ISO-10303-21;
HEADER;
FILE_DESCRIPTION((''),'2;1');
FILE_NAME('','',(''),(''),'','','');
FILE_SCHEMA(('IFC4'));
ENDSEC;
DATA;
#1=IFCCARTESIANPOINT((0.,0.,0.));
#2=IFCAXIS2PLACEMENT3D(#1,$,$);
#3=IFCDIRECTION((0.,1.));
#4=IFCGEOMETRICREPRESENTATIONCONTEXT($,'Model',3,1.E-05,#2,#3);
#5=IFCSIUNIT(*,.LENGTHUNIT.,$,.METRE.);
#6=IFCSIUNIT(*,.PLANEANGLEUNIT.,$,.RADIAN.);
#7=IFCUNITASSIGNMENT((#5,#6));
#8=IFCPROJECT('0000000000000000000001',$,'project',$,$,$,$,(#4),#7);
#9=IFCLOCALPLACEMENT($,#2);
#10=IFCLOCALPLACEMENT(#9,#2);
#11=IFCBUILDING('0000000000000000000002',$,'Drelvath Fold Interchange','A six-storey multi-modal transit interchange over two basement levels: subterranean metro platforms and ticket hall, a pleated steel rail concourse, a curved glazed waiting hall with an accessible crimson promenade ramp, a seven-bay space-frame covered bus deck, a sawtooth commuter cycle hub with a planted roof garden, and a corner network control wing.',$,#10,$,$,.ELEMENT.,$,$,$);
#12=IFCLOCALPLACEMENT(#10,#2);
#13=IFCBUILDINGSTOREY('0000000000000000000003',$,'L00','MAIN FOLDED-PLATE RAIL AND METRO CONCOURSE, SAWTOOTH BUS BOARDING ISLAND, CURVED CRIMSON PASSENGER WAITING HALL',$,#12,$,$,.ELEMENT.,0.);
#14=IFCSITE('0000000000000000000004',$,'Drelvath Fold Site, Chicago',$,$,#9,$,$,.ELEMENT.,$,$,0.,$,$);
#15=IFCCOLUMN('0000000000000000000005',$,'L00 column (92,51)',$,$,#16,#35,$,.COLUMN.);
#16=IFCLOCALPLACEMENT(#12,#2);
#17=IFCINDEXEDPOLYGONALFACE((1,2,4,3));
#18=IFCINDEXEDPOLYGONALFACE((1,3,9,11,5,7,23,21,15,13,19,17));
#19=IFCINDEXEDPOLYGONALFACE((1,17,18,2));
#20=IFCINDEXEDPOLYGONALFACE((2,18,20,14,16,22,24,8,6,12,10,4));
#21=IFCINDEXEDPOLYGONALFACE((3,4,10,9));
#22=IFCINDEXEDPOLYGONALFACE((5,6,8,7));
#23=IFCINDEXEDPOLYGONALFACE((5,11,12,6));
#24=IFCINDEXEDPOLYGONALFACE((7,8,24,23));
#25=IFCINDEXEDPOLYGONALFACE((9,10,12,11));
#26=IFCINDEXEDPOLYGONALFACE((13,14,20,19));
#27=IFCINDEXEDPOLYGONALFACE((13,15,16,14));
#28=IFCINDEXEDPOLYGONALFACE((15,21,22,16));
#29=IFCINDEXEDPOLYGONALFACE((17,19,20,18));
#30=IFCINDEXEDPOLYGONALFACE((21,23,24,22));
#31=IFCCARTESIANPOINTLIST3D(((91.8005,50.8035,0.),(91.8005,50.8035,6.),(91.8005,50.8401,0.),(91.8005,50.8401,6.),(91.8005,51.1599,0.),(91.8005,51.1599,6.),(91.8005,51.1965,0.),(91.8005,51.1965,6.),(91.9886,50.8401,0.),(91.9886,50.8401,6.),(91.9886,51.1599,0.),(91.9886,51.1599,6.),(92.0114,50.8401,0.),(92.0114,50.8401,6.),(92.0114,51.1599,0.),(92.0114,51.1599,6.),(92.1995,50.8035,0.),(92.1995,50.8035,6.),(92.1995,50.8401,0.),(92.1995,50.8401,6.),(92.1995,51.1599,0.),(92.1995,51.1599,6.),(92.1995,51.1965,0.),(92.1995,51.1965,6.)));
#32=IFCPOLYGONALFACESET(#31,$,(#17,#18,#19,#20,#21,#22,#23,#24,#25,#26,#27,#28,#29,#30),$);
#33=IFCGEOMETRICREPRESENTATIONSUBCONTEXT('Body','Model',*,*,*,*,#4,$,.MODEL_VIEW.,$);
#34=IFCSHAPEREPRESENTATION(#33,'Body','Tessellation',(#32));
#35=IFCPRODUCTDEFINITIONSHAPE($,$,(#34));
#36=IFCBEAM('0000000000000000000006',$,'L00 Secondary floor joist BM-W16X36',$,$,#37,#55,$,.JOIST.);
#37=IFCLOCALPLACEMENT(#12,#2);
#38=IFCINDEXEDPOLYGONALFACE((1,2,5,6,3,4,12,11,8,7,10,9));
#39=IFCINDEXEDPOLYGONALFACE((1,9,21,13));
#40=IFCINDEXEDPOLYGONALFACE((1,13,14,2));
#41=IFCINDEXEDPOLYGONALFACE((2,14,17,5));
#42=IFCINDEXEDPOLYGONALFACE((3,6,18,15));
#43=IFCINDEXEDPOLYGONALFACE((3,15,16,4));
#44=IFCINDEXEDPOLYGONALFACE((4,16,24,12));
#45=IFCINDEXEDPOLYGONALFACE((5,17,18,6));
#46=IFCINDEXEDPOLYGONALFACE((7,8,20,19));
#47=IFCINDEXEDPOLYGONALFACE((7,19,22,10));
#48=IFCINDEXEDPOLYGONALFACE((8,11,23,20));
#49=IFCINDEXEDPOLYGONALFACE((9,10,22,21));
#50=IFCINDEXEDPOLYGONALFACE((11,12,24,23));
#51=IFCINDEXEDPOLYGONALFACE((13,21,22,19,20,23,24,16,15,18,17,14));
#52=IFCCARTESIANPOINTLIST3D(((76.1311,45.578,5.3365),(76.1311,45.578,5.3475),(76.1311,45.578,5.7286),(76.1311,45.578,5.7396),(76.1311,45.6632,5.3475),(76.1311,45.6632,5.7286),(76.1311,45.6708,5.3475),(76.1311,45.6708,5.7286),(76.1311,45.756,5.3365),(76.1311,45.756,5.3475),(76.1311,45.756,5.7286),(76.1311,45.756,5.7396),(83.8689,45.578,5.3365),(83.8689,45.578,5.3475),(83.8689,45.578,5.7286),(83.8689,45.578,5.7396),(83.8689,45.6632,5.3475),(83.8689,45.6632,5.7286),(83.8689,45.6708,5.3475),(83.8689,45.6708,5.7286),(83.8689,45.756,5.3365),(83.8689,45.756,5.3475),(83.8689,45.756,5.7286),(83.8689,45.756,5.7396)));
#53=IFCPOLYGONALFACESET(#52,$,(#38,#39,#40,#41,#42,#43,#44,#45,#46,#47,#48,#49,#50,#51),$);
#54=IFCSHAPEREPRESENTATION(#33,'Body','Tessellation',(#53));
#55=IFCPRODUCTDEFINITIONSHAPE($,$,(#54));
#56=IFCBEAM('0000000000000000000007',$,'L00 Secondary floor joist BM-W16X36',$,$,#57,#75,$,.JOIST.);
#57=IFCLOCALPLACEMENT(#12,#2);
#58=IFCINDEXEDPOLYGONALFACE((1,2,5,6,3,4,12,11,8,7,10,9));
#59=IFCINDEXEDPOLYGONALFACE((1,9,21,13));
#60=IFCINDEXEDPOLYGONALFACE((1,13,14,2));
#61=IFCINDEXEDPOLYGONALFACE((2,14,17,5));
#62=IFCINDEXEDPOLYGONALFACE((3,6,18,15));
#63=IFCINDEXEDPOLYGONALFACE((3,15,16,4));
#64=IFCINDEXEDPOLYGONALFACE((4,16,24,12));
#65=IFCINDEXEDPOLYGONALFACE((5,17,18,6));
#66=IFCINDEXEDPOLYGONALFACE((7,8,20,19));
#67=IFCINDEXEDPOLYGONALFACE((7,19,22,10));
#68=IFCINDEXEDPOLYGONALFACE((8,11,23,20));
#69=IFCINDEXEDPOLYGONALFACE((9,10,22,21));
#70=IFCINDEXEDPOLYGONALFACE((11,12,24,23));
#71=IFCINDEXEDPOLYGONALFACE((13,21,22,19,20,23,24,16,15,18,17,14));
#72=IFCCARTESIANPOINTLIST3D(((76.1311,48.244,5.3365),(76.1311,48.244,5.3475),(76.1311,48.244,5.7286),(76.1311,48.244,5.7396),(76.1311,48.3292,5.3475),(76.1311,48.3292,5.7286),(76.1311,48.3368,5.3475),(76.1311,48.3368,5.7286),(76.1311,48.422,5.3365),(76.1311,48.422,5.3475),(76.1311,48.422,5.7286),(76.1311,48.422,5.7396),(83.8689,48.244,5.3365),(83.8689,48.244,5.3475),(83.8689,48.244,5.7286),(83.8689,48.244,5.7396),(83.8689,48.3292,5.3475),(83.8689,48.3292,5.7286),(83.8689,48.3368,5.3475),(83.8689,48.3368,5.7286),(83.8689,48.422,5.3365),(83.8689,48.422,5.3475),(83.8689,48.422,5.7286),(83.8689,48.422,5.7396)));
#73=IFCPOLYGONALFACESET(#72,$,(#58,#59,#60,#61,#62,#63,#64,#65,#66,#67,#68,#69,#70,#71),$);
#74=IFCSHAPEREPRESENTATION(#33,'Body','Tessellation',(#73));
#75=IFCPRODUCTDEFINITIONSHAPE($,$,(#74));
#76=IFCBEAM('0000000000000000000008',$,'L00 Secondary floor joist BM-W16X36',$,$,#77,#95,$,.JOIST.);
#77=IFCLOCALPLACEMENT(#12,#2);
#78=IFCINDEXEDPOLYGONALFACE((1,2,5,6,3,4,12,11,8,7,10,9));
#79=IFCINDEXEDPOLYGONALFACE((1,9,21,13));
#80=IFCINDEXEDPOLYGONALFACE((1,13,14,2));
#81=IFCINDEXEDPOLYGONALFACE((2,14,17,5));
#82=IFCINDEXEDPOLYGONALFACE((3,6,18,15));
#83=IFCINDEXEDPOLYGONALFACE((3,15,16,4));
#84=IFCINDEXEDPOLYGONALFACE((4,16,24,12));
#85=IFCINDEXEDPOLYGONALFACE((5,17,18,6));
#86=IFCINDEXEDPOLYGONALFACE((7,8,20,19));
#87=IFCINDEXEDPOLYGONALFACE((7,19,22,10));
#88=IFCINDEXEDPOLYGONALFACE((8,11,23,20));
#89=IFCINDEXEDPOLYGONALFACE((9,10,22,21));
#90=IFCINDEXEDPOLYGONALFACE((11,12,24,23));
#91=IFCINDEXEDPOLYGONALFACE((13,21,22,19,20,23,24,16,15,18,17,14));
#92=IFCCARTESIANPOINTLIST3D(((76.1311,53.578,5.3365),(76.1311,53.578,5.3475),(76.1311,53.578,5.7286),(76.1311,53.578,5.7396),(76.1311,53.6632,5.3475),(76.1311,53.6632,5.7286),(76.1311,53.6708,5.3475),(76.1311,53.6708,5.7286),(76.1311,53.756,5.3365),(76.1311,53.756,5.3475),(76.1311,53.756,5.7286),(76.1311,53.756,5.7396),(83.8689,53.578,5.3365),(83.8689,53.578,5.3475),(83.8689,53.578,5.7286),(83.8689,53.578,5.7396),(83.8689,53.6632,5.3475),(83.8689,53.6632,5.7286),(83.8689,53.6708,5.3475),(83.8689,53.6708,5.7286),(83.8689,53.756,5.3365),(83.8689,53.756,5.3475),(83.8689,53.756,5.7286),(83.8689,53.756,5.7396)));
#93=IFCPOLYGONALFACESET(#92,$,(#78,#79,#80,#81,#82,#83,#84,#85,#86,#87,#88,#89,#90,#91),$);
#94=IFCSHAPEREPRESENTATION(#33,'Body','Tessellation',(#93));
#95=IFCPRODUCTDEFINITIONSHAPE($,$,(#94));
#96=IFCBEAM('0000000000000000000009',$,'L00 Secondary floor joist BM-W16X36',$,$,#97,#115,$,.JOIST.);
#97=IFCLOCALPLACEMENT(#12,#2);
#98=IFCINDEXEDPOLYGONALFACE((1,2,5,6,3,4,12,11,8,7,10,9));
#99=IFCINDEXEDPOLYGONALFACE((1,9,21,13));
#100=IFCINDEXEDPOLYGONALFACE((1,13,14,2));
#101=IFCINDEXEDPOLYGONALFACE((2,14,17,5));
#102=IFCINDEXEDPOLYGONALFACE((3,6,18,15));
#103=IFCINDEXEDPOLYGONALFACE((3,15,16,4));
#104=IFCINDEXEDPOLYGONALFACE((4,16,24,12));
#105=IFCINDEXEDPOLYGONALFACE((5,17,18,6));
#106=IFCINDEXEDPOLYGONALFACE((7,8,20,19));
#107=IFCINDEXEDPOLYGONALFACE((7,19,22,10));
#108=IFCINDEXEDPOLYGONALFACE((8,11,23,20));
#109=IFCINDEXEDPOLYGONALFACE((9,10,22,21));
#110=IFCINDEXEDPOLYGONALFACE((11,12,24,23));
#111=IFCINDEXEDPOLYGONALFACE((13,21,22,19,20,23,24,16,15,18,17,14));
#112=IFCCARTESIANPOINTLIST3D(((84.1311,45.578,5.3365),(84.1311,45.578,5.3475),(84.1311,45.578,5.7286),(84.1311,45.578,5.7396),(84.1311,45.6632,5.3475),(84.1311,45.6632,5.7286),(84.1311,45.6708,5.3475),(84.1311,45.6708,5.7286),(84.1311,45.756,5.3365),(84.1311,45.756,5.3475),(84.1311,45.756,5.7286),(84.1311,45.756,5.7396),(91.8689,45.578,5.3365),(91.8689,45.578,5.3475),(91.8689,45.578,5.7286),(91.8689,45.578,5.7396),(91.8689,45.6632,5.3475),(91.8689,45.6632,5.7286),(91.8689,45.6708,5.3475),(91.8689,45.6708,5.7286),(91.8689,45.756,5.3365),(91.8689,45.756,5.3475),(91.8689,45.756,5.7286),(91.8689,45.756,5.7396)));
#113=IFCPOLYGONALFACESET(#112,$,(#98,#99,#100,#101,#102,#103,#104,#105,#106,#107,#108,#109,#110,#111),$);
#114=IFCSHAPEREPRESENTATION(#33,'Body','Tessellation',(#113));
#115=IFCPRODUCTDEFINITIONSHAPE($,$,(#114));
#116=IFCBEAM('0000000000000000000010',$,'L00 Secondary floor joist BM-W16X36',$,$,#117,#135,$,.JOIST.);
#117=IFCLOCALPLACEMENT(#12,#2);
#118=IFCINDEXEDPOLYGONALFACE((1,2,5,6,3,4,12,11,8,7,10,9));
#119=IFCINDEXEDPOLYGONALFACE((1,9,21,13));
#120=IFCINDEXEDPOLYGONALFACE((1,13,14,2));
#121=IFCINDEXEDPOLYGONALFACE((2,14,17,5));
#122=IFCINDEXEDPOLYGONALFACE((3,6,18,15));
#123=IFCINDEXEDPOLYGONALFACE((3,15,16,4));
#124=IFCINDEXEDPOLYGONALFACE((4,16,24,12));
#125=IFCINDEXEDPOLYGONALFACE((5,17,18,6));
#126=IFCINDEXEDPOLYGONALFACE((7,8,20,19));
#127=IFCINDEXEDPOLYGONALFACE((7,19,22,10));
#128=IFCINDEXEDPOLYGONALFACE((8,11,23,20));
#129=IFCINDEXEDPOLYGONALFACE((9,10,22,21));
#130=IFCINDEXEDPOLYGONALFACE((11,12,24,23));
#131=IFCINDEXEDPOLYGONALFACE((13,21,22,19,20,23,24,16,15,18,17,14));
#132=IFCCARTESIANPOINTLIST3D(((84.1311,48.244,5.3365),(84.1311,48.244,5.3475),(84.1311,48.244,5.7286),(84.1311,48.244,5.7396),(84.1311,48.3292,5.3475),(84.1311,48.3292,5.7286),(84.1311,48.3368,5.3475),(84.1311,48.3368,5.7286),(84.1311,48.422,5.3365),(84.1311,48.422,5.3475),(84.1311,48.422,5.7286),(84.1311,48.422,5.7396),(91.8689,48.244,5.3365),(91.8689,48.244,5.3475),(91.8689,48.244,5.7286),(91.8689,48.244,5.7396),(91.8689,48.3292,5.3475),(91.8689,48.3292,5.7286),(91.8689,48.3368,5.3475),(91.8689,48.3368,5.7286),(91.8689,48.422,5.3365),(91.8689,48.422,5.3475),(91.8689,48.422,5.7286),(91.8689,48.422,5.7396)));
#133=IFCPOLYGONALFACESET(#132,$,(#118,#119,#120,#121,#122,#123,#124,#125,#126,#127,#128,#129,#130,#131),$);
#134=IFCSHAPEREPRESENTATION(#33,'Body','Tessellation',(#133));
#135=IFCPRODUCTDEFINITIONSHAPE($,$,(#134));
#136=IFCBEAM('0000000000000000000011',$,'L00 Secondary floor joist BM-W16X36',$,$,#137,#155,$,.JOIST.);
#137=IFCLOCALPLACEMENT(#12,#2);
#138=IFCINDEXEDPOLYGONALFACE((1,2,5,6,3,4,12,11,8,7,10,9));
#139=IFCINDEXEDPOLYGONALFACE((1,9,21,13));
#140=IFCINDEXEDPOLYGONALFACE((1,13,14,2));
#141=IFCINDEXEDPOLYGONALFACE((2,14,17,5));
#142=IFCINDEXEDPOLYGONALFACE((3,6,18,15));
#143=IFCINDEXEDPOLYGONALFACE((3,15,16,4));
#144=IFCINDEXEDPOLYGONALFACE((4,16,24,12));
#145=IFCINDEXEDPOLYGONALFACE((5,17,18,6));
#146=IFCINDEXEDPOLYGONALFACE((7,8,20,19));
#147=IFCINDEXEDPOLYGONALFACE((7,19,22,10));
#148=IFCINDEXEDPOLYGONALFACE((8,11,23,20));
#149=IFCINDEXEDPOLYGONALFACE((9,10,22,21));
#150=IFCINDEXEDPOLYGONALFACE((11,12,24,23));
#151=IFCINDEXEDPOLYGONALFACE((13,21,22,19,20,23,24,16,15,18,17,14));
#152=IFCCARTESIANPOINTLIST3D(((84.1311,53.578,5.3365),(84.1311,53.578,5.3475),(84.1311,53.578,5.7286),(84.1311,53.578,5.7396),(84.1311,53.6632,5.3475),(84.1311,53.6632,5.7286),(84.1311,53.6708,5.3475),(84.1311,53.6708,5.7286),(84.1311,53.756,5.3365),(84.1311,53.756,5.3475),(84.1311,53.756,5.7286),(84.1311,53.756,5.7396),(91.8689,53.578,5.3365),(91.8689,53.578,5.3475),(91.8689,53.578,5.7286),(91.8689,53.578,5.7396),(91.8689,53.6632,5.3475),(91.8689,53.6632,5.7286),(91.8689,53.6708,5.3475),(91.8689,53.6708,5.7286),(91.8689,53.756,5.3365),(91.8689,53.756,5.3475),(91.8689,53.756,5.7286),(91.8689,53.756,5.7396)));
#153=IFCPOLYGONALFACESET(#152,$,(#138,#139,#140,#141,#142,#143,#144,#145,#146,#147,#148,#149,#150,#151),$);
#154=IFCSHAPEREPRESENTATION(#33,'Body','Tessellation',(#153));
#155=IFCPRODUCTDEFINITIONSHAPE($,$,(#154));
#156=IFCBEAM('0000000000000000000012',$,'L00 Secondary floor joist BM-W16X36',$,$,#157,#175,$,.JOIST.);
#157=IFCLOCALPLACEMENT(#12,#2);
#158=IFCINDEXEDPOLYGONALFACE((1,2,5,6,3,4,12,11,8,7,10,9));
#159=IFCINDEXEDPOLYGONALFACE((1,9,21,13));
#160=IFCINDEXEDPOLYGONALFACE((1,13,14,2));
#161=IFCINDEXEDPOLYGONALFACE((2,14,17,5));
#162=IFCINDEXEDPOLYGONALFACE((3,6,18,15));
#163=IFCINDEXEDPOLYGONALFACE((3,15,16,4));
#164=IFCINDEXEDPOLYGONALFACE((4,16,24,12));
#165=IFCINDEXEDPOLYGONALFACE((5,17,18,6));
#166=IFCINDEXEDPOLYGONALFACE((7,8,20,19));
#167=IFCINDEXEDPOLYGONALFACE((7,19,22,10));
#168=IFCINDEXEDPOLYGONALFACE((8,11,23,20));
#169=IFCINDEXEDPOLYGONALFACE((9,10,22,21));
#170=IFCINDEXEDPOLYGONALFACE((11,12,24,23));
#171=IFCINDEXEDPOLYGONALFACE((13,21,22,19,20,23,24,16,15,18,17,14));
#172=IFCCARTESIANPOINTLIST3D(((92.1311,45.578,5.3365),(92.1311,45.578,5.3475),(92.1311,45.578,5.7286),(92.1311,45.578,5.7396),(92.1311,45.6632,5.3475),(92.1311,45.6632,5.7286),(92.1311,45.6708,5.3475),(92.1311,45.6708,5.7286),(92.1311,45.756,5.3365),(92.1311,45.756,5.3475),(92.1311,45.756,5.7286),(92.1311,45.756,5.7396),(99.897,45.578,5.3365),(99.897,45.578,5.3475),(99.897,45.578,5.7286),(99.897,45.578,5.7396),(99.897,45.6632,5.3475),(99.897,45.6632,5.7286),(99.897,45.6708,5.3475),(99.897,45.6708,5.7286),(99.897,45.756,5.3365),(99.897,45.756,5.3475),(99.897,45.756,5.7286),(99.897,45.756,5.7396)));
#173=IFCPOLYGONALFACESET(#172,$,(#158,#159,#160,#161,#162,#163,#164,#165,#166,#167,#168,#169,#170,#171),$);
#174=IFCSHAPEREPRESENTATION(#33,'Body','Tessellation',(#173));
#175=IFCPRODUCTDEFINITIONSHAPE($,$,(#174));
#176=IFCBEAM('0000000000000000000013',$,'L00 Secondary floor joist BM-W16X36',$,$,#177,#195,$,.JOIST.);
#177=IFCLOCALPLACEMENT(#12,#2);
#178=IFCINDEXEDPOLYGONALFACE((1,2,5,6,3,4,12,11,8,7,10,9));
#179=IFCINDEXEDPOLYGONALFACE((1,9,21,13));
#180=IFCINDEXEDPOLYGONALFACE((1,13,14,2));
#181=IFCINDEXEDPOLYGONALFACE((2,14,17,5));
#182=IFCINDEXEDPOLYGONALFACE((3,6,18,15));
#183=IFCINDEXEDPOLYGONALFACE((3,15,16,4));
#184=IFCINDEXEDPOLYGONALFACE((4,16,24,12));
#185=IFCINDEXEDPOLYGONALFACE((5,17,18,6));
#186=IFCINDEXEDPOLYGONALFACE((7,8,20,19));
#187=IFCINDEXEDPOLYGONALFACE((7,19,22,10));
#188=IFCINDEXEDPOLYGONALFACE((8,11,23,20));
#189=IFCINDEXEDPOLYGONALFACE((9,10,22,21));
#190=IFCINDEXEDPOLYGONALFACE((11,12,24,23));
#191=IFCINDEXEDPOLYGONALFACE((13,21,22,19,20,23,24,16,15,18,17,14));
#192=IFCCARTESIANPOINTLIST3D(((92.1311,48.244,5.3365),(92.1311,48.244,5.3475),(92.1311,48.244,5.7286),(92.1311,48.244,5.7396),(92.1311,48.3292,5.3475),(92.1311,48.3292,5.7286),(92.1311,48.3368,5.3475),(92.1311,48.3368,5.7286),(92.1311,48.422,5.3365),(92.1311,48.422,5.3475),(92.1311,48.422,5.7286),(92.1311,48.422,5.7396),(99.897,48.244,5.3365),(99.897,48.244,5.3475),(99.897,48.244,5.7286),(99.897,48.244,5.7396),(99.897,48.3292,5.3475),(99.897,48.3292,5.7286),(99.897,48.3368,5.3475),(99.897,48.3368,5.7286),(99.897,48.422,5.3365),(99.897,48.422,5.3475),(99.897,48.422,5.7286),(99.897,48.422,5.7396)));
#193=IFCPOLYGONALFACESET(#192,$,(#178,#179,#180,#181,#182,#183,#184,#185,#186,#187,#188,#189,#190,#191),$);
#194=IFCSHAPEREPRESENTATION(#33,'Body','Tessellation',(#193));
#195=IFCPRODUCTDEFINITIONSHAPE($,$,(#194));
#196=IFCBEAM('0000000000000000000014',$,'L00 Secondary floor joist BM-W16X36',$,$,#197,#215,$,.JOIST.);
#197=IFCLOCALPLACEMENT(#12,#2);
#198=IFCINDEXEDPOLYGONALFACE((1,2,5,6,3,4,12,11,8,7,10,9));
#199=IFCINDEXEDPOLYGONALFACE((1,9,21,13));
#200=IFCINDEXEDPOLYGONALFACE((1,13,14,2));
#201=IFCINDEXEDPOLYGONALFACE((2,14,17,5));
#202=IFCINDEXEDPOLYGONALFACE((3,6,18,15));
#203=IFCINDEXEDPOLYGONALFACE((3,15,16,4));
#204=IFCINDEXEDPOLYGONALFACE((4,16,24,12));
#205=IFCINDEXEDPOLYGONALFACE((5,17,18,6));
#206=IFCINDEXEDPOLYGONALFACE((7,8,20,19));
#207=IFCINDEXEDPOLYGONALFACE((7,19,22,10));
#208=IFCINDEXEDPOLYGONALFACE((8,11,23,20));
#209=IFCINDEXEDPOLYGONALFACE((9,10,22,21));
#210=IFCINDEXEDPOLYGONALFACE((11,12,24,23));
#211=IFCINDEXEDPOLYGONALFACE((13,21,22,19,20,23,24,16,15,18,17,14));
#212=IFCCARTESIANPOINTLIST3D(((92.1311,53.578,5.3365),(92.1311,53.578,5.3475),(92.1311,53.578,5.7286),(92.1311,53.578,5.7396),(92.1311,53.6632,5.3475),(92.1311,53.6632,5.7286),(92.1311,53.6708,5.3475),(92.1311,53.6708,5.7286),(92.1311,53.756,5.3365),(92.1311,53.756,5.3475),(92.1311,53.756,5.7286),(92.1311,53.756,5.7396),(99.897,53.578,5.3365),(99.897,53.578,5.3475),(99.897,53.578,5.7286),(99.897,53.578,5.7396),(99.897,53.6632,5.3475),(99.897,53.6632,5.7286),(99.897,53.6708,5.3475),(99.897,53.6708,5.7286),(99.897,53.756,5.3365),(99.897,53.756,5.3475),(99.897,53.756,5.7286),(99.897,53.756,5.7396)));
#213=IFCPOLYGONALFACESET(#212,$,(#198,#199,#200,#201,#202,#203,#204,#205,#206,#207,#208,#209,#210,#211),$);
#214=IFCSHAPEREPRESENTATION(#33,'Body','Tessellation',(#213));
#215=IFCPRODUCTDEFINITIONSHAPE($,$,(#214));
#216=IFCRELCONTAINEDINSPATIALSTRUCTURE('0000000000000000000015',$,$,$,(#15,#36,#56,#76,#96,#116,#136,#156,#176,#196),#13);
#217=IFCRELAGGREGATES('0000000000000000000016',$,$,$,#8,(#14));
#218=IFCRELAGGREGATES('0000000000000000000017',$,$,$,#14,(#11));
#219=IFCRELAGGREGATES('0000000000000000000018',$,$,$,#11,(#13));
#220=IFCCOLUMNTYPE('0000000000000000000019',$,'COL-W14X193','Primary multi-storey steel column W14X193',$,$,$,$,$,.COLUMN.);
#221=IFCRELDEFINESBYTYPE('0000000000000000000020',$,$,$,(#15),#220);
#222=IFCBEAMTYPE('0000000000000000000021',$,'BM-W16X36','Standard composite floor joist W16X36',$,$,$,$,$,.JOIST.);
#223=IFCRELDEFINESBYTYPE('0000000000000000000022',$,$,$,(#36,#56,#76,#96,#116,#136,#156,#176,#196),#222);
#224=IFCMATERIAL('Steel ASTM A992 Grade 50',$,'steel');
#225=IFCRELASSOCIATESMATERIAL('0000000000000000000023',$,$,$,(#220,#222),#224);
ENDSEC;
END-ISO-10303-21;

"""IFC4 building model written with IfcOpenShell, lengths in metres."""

from ifc_helpers import new_model, si_unit, direction, frame, origin, origin_2d, place, context, subcontext, project, spatial, i_section, extrude, material, material_profile, profile_set, type_object, element, save


model = new_model("IFC4")

# Units and contexts
model_context = context("Model", 3, precision=1e-05, world=origin(), true_north=direction((0.0, 1.0)))
body_context = subcontext(model_context, "Body", "Model", "MODEL_VIEW")
ifc_project = project(units=[si_unit("LENGTHUNIT", "METRE"), si_unit("PLANEANGLEUNIT", "RADIAN")], contexts=[model_context])

# Site, building, storey
site_placement = place(None, origin())
site = spatial("IfcSite", under=ifc_project, at=site_placement, Name="Drelvath Fold Site, Chicago", CompositionType="ELEMENT", RefElevation=0.0)
building_placement = place(site_placement, origin())
building = spatial("IfcBuilding", under=site, at=building_placement, Name="Drelvath Fold Interchange", Description="A six-storey multi-modal transit interchange over two basement levels: subterranean metro platforms and ticket hall, a pleated steel rail concourse, a curved glazed waiting hall with an accessible crimson promenade ramp, a seven-bay space-frame covered bus deck, a sawtooth commuter cycle hub with a planted roof garden, and a corner network control wing.", CompositionType="ELEMENT")
storey_placement = place(building_placement, origin())
storey = spatial("IfcBuildingStorey", under=building, at=storey_placement, Name="L00", Description="MAIN FOLDED-PLATE RAIL AND METRO CONCOURSE, SAWTOOTH BUS BOARDING ISLAND, CURVED CRIMSON PASSENGER WAITING HALL", CompositionType="ELEMENT", Elevation=0.0)

# Column
ifc_material_1 = material(Name="Steel ASTM A992 Grade 50", Category="steel")
ifc_material_profile_1 = material_profile(ifc_material_1, i_section(OverallWidth=0.3989, OverallDepth=0.3931, WebThickness=0.0227, FlangeThickness=0.0366, at=origin_2d()), Name="W14X193")
ifc_profile_set_1 = profile_set([ifc_material_profile_1], Name="Steel ASTM A992 Grade 50")
column_type_1 = type_object("IfcColumnType", Name="COL-W14X193", Description="Primary multi-storey steel column W14X193", PredefinedType="COLUMN", material=ifc_profile_set_1)
for number, where, z_axis, x_axis, name in (
    (1, (92.0, 51.0, 0.0), (0.0, 0.0, 1.0), (1.0, 0.0, 0.0), "L00 column (92,51)"),
):
    element("IfcColumn", number, at=place(storey_placement, frame(where, z_axis=z_axis, x_axis=x_axis)), inside=storey, type_object=column_type_1, Name=name, PredefinedType="COLUMN", context=body_context, shape_type="SweptSolid", body=[
        extrude(i_section(OverallWidth=0.3989, OverallDepth=0.3931, WebThickness=0.0227, FlangeThickness=0.0366, at=origin_2d()), origin(), (0.0, 0.0, 1.0), 6.0),
    ])

# Beams
ifc_material_profile_2 = material_profile(ifc_material_1, i_section(OverallWidth=0.178, OverallDepth=0.4031, WebThickness=0.0076, FlangeThickness=0.011, at=origin_2d()), Name="W16X36")
ifc_profile_set_2 = profile_set([ifc_material_profile_2], Name="Steel ASTM A992 Grade 50")
beam_type_1 = type_object("IfcBeamType", Name="BM-W16X36", Description="Standard composite floor joist W16X36", PredefinedType="JOIST", material=ifc_profile_set_2)
for number, where, z_axis, x_axis, name in (
    (2, (76.1311, 45.667, 5.5381), (1.0, 0.0, 0.0), (0.0, 1.0, 0.0), "L00 Secondary floor joist BM-W16X36"),
    (3, (76.1311, 48.333, 5.5381), (1.0, 0.0, 0.0), (0.0, 1.0, 0.0), "L00 Secondary floor joist BM-W16X36"),
    (4, (76.1311, 53.667, 5.5381), (1.0, 0.0, 0.0), (0.0, 1.0, 0.0), "L00 Secondary floor joist BM-W16X36"),
    (5, (84.1311, 45.667, 5.5381), (1.0, 0.0, 0.0), (0.0, 1.0, 0.0), "L00 Secondary floor joist BM-W16X36"),
    (6, (84.1311, 48.333, 5.5381), (1.0, 0.0, 0.0), (0.0, 1.0, 0.0), "L00 Secondary floor joist BM-W16X36"),
    (7, (84.1311, 53.667, 5.5381), (1.0, 0.0, 0.0), (0.0, 1.0, 0.0), "L00 Secondary floor joist BM-W16X36"),
):
    element("IfcBeam", number, at=place(storey_placement, frame(where, z_axis=z_axis, x_axis=x_axis)), inside=storey, type_object=beam_type_1, Name=name, PredefinedType="JOIST", context=body_context, shape_type="SweptSolid", body=[
        extrude(i_section(OverallWidth=0.178, OverallDepth=0.4031, WebThickness=0.0076, FlangeThickness=0.011, at=origin_2d()), origin(), (0.0, 0.0, 1.0), 7.7378),
    ])
for number, where, z_axis, x_axis, name in (
    (8, (92.1311, 45.667, 5.5381), (1.0, 0.0, 0.0), (0.0, 1.0, 0.0), "L00 Secondary floor joist BM-W16X36"),
    (9, (92.1311, 48.333, 5.5381), (1.0, 0.0, 0.0), (0.0, 1.0, 0.0), "L00 Secondary floor joist BM-W16X36"),
    (10, (92.1311, 53.667, 5.5381), (1.0, 0.0, 0.0), (0.0, 1.0, 0.0), "L00 Secondary floor joist BM-W16X36"),
):
    element("IfcBeam", number, at=place(storey_placement, frame(where, z_axis=z_axis, x_axis=x_axis)), inside=storey, type_object=beam_type_1, Name=name, PredefinedType="JOIST", context=body_context, shape_type="SweptSolid", body=[
        extrude(i_section(OverallWidth=0.178, OverallDepth=0.4031, WebThickness=0.0076, FlangeThickness=0.011, at=origin_2d()), origin(), (0.0, 0.0, 1.0), 7.7659),
    ])

save(model, "model.ifc")
